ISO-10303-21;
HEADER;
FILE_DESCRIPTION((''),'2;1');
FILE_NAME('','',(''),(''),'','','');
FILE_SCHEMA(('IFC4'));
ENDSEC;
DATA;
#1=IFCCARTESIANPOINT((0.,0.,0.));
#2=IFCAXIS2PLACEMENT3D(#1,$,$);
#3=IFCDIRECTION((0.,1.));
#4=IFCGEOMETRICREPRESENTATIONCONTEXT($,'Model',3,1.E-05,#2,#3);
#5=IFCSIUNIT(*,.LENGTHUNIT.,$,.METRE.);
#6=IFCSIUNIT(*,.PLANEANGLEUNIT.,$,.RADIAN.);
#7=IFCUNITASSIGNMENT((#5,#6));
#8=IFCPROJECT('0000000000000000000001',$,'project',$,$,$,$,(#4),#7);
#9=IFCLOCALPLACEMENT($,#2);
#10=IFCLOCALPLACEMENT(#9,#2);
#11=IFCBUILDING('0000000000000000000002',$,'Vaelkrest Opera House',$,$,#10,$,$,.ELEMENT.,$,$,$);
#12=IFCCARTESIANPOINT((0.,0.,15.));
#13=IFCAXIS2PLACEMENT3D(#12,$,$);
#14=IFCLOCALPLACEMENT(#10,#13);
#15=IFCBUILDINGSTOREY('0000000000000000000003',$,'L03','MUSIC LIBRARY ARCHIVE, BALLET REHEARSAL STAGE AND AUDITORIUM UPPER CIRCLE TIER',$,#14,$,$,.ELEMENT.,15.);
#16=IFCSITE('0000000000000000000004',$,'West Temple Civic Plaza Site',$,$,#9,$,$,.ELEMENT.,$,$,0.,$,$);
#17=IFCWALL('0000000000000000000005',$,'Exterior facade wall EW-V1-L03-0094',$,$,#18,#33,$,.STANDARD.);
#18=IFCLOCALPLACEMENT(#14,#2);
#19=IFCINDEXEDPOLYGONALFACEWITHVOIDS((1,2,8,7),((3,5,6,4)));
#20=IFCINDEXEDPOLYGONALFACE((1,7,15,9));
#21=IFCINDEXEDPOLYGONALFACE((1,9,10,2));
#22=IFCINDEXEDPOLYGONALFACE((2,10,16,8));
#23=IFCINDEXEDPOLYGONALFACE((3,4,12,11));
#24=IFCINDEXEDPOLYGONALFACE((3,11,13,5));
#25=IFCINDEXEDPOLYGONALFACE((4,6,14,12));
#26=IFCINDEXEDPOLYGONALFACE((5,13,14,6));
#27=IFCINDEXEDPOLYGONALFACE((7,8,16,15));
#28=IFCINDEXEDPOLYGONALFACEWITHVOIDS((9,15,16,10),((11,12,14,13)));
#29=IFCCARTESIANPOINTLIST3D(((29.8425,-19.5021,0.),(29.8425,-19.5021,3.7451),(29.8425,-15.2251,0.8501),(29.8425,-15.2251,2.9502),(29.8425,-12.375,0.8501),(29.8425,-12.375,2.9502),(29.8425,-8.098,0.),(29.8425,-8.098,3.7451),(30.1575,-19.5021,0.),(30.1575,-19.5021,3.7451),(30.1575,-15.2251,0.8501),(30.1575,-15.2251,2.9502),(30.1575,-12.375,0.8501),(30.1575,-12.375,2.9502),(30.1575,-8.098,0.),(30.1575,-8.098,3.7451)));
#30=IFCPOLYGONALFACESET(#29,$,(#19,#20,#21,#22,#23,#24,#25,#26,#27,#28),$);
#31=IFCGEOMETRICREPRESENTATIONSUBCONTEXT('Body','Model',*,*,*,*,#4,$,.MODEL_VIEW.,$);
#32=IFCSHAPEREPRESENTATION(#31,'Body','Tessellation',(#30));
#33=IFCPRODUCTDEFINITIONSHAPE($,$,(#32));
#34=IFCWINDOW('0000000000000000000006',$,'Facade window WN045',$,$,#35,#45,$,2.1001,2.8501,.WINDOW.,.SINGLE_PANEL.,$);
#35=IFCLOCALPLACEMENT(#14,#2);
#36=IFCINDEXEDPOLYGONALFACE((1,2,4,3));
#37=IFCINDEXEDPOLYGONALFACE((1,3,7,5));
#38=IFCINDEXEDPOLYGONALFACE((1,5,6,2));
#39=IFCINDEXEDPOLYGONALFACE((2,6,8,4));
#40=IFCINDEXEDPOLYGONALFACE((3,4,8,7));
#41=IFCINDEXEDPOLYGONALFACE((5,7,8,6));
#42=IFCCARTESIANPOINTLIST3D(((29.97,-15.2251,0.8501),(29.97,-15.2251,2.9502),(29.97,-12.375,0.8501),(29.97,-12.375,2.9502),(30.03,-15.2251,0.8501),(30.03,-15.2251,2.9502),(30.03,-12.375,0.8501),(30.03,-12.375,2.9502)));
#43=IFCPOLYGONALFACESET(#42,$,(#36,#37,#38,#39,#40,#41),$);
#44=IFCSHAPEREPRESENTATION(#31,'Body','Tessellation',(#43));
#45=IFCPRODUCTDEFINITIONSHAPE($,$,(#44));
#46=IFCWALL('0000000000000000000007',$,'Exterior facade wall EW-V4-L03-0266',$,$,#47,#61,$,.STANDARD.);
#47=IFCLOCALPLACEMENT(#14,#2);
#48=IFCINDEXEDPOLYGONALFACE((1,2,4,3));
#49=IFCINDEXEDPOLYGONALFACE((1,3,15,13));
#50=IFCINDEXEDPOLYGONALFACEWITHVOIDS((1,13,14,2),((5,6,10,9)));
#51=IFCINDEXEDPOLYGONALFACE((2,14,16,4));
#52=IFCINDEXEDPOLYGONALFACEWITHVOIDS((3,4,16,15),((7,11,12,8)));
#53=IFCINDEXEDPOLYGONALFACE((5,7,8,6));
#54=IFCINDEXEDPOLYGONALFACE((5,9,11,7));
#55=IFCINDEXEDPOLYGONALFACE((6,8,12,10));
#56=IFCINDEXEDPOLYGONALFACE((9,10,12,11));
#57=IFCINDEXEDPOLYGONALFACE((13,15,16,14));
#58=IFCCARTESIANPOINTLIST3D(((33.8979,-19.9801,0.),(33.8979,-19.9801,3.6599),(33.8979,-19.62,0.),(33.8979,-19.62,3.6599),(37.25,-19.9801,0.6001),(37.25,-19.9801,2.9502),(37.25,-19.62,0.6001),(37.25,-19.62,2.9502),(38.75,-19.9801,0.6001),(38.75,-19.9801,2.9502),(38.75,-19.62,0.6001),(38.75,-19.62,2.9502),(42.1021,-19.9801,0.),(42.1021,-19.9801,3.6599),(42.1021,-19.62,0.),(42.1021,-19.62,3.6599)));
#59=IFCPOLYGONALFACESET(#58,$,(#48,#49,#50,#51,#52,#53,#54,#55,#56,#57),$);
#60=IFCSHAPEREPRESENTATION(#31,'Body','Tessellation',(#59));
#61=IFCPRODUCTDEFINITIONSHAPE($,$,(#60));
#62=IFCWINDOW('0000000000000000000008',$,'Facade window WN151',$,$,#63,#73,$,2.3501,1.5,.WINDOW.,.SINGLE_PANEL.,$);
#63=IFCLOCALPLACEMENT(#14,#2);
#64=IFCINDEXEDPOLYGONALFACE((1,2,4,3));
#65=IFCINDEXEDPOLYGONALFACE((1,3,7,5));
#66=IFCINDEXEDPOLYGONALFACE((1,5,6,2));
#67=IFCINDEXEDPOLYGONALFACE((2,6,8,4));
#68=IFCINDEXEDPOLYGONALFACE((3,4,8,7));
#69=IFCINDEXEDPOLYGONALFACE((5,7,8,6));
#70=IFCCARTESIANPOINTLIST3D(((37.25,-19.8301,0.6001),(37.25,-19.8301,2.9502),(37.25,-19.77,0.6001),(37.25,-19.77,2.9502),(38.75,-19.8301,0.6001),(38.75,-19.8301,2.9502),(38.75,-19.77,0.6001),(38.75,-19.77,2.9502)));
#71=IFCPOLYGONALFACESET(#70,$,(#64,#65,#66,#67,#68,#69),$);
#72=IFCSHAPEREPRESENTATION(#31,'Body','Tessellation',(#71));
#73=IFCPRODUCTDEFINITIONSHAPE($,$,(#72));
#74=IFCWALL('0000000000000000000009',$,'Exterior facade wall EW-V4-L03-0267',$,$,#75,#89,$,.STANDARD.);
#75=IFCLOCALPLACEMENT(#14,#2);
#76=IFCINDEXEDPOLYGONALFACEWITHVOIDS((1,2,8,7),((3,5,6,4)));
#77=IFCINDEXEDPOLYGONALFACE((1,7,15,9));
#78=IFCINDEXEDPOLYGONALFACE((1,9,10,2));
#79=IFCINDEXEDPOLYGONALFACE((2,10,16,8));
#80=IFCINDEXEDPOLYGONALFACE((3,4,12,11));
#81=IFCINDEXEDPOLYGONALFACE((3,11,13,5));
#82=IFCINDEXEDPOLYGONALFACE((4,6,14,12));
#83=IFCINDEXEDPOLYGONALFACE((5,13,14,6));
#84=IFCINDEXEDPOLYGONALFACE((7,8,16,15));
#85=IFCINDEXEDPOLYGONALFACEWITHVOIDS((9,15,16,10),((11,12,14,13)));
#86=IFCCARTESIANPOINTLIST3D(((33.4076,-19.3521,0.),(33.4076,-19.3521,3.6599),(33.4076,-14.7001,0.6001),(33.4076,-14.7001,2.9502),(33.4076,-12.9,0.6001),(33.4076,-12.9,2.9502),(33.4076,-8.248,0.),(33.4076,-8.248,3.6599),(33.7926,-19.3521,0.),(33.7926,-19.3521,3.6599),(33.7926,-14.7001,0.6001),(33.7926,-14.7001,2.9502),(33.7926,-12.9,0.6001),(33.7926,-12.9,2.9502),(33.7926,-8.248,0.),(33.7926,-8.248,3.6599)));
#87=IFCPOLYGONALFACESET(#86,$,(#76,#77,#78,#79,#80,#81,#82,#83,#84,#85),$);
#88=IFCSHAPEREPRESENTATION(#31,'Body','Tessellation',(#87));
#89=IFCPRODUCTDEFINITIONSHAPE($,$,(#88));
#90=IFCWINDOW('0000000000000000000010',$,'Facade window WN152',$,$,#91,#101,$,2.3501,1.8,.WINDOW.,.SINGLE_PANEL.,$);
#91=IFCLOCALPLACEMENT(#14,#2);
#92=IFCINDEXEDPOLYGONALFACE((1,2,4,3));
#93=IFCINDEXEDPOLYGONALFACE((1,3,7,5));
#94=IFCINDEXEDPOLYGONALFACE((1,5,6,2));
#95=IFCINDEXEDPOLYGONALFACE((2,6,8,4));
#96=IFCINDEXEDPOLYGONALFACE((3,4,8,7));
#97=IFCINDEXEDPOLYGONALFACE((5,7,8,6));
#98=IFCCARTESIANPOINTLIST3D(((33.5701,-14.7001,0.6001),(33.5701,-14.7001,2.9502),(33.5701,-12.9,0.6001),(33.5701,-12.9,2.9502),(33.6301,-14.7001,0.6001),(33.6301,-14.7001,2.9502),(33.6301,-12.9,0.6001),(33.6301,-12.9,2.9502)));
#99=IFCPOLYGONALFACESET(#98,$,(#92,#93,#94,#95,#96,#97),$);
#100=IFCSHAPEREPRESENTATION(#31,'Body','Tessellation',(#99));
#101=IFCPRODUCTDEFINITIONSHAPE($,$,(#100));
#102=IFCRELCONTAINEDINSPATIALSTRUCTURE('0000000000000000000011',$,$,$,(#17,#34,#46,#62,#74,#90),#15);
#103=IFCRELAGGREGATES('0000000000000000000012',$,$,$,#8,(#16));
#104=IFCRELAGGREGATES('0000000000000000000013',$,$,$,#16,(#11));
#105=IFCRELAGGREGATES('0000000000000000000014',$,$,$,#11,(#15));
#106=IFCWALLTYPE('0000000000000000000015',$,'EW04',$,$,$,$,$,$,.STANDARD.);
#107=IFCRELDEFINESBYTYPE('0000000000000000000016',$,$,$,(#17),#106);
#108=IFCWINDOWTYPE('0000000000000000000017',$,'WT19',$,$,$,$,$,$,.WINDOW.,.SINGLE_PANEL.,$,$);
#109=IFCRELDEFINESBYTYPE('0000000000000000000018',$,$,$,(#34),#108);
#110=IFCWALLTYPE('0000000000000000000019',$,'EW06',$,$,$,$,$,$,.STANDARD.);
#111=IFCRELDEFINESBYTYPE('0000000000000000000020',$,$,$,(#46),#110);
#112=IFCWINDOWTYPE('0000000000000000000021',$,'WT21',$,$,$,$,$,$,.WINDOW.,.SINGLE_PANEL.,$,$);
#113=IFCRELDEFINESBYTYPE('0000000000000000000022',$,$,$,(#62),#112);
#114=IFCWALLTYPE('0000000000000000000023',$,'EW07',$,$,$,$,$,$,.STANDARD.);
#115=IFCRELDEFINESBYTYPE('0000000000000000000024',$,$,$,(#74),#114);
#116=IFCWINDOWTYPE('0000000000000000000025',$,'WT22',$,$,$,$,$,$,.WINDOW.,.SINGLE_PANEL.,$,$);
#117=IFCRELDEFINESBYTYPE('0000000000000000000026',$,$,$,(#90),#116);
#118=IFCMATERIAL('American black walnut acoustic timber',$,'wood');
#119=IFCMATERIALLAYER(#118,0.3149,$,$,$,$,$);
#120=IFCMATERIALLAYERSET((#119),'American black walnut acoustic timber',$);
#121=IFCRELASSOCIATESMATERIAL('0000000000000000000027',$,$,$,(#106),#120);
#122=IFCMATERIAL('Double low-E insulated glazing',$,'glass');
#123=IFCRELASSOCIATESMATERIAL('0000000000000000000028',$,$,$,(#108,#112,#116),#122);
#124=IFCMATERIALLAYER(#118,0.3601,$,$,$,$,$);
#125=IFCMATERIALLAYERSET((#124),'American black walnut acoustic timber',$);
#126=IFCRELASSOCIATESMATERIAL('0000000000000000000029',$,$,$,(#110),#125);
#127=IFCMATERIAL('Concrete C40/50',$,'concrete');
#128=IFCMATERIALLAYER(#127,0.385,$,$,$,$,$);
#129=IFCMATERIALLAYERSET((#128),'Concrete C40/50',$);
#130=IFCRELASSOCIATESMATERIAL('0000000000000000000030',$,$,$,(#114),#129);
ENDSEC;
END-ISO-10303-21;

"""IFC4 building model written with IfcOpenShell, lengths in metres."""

from ifc_helpers import new_model, si_unit, direction, frame, frame_2d, origin, place, context, subcontext, project, spatial, rectangle, extrude, material, layer, layer_set, type_object, element, fill, save


model = new_model("IFC4")

# Units and contexts
model_context = context("Model", 3, precision=1e-05, world=origin(), true_north=direction((0.0, 1.0)))
body_context = subcontext(model_context, "Body", "Model", "MODEL_VIEW")
ifc_project = project(units=[si_unit("LENGTHUNIT", "METRE"), si_unit("PLANEANGLEUNIT", "RADIAN")], contexts=[model_context])

# Site, building, storey
site_placement = place(None, origin())
site = spatial("IfcSite", under=ifc_project, at=site_placement, Name="West Temple Civic Plaza Site", CompositionType="ELEMENT", RefElevation=0.0)
building_placement = place(site_placement, origin())
building = spatial("IfcBuilding", under=site, at=building_placement, Name="Vaelkrest Opera House", CompositionType="ELEMENT")
storey_placement = place(building_placement, frame((0.0, 0.0, 15.0)))
storey = spatial("IfcBuildingStorey", under=building, at=storey_placement, Name="L03", Description="MUSIC LIBRARY ARCHIVE, BALLET REHEARSAL STAGE AND AUDITORIUM UPPER CIRCLE TIER", CompositionType="ELEMENT", Elevation=15.0)

# Walls, openings, windows
ifc_material_1 = material(Name="American black walnut acoustic timber", Category="wood")
ifc_layer_1 = layer(ifc_material_1, 0.3149)
ifc_layer_set_1 = layer_set([ifc_layer_1], Name="American black walnut acoustic timber")
wall_type_1 = type_object("IfcWallType", Name="EW04", PredefinedType="STANDARD", material=ifc_layer_set_1)
wall_1_placement = place(storey_placement, frame((30.0, -8.0979, 0.0), z_axis=(0.0, 0.0, 1.0), x_axis=(0.0, -1.0, 0.0)))
wall_1 = element("IfcWall", 1, at=wall_1_placement, inside=storey, type_object=wall_type_1, Name="Exterior facade wall EW-V1-L03-0094", PredefinedType="STANDARD", context=body_context, shape_type="SweptSolid", body=[
    extrude(rectangle(XDim=11.4041, YDim=0.3149, at=frame_2d((5.7021, 0.0))), origin(), (0.0, 0.0, 1.0), 3.7451),
])
opening_1_placement = place(wall_1_placement, frame((4.2771, 0.0, 0.8501)))
opening_1 = element("IfcOpeningElement", 2, at=opening_1_placement, cuts=wall_1, PredefinedType="OPENING", context=body_context, shape_type="SweptSolid", body=[
    extrude(rectangle(XDim=2.8501, YDim=2.1001, at=frame_2d((1.425, 1.05))), frame((0.0, 0.1675, 0.0), z_axis=(0.0, -1.0, 0.0), x_axis=(1.0, 0.0, 0.0)), (0.0, 0.0, 1.0), 0.335),
])
ifc_material_2 = material(Name="Double low-E insulated glazing", Category="glass")
window_type_1 = type_object("IfcWindowType", Name="WT19", PartitioningType="SINGLE_PANEL", PredefinedType="WINDOW", material=ifc_material_2)
window_1_placement = place(opening_1_placement, origin())
window_1 = element("IfcWindow", 3, at=window_1_placement, inside=storey, type_object=window_type_1, Name="Facade window WN045", OverallHeight=2.1001, OverallWidth=2.8501, PartitioningType="SINGLE_PANEL", PredefinedType="WINDOW", context=body_context, shape_type="SweptSolid", body=[
    extrude(rectangle(XDim=2.8501, YDim=2.1001, at=frame_2d((1.425, 1.05))), frame((0.0, 0.03, 0.0), z_axis=(0.0, -1.0, 0.0), x_axis=(1.0, 0.0, 0.0)), (0.0, 0.0, 1.0), 0.0601),
])
fill(opening_1, window_1)
ifc_layer_2 = layer(ifc_material_1, 0.3601)
ifc_layer_set_2 = layer_set([ifc_layer_2], Name="American black walnut acoustic timber")
wall_type_2 = type_object("IfcWallType", Name="EW06", PredefinedType="STANDARD", material=ifc_layer_set_2)
wall_2_placement = place(storey_placement, frame((42.1021, -19.8, 0.0), z_axis=(0.0, 0.0, 1.0), x_axis=(-1.0, 0.0, 0.0)))
wall_2 = element("IfcWall", 4, at=wall_2_placement, inside=storey, type_object=wall_type_2, Name="Exterior facade wall EW-V4-L03-0266", PredefinedType="STANDARD", context=body_context, shape_type="SweptSolid", body=[
    extrude(rectangle(XDim=8.2041, YDim=0.3601, at=frame_2d((4.1021, 0.0))), origin(), (0.0, 0.0, 1.0), 3.6599),
])
opening_2_placement = place(wall_2_placement, frame((3.3521, 0.0, 0.6001)))
opening_2 = element("IfcOpeningElement", 5, at=opening_2_placement, cuts=wall_2, PredefinedType="OPENING", context=body_context, shape_type="SweptSolid", body=[
    extrude(rectangle(XDim=1.5, YDim=2.3501, at=frame_2d((0.75, 1.175))), frame((0.0, 0.1899, 0.0), z_axis=(0.0, -1.0, 0.0), x_axis=(1.0, 0.0, 0.0)), (0.0, 0.0, 1.0), 0.3801),
])
window_type_2 = type_object("IfcWindowType", Name="WT21", PartitioningType="SINGLE_PANEL", PredefinedType="WINDOW", material=ifc_material_2)
window_2_placement = place(opening_2_placement, origin())
window_2 = element("IfcWindow", 6, at=window_2_placement, inside=storey, type_object=window_type_2, Name="Facade window WN151", OverallHeight=2.3501, OverallWidth=1.5, PartitioningType="SINGLE_PANEL", PredefinedType="WINDOW", context=body_context, shape_type="SweptSolid", body=[
    extrude(rectangle(XDim=1.5, YDim=2.3501, at=frame_2d((0.75, 1.175))), frame((0.0, 0.03, 0.0), z_axis=(0.0, -1.0, 0.0), x_axis=(1.0, 0.0, 0.0)), (0.0, 0.0, 1.0), 0.0601),
])
fill(opening_2, window_2)
ifc_material_3 = material(Name="Concrete C40/50", Category="concrete")
ifc_layer_3 = layer(ifc_material_3, 0.385)
ifc_layer_set_3 = layer_set([ifc_layer_3], Name="Concrete C40/50")
wall_type_3 = type_object("IfcWallType", Name="EW07", PredefinedType="STANDARD", material=ifc_layer_set_3)
wall_3_placement = place(storey_placement, frame((33.6001, -19.3521, 0.0), z_axis=(0.0, 0.0, 1.0), x_axis=(0.0, 1.0, 0.0)))
wall_3 = element("IfcWall", 7, at=wall_3_placement, inside=storey, type_object=wall_type_3, Name="Exterior facade wall EW-V4-L03-0267", PredefinedType="STANDARD", context=body_context, shape_type="SweptSolid", body=[
    extrude(rectangle(XDim=11.104, YDim=0.385, at=frame_2d((5.552, 0.0))), origin(), (0.0, 0.0, 1.0), 3.6599),
])
opening_3_placement = place(wall_3_placement, frame((4.6521, 0.0, 0.6001)))
opening_3 = element("IfcOpeningElement", 8, at=opening_3_placement, cuts=wall_3, PredefinedType="OPENING", context=body_context, shape_type="SweptSolid", body=[
    extrude(rectangle(XDim=1.8, YDim=2.3501, at=frame_2d((0.8999, 1.175))), frame((0.0, 0.2024, 0.0), z_axis=(0.0, -1.0, 0.0), x_axis=(1.0, 0.0, 0.0)), (0.0, 0.0, 1.0), 0.405),
])
window_type_3 = type_object("IfcWindowType", Name="WT22", PartitioningType="SINGLE_PANEL", PredefinedType="WINDOW", material=ifc_material_2)
window_3_placement = place(opening_3_placement, origin())
window_3 = element("IfcWindow", 9, at=window_3_placement, inside=storey, type_object=window_type_3, Name="Facade window WN152", OverallHeight=2.3501, OverallWidth=1.8, PartitioningType="SINGLE_PANEL", PredefinedType="WINDOW", context=body_context, shape_type="SweptSolid", body=[
    extrude(rectangle(XDim=1.8, YDim=2.3501, at=frame_2d((0.8999, 1.175))), frame((0.0, 0.03, 0.0), z_axis=(0.0, -1.0, 0.0), x_axis=(1.0, 0.0, 0.0)), (0.0, 0.0, 1.0), 0.0601),
])
fill(opening_3, window_3)

save(model, "model.ifc")
